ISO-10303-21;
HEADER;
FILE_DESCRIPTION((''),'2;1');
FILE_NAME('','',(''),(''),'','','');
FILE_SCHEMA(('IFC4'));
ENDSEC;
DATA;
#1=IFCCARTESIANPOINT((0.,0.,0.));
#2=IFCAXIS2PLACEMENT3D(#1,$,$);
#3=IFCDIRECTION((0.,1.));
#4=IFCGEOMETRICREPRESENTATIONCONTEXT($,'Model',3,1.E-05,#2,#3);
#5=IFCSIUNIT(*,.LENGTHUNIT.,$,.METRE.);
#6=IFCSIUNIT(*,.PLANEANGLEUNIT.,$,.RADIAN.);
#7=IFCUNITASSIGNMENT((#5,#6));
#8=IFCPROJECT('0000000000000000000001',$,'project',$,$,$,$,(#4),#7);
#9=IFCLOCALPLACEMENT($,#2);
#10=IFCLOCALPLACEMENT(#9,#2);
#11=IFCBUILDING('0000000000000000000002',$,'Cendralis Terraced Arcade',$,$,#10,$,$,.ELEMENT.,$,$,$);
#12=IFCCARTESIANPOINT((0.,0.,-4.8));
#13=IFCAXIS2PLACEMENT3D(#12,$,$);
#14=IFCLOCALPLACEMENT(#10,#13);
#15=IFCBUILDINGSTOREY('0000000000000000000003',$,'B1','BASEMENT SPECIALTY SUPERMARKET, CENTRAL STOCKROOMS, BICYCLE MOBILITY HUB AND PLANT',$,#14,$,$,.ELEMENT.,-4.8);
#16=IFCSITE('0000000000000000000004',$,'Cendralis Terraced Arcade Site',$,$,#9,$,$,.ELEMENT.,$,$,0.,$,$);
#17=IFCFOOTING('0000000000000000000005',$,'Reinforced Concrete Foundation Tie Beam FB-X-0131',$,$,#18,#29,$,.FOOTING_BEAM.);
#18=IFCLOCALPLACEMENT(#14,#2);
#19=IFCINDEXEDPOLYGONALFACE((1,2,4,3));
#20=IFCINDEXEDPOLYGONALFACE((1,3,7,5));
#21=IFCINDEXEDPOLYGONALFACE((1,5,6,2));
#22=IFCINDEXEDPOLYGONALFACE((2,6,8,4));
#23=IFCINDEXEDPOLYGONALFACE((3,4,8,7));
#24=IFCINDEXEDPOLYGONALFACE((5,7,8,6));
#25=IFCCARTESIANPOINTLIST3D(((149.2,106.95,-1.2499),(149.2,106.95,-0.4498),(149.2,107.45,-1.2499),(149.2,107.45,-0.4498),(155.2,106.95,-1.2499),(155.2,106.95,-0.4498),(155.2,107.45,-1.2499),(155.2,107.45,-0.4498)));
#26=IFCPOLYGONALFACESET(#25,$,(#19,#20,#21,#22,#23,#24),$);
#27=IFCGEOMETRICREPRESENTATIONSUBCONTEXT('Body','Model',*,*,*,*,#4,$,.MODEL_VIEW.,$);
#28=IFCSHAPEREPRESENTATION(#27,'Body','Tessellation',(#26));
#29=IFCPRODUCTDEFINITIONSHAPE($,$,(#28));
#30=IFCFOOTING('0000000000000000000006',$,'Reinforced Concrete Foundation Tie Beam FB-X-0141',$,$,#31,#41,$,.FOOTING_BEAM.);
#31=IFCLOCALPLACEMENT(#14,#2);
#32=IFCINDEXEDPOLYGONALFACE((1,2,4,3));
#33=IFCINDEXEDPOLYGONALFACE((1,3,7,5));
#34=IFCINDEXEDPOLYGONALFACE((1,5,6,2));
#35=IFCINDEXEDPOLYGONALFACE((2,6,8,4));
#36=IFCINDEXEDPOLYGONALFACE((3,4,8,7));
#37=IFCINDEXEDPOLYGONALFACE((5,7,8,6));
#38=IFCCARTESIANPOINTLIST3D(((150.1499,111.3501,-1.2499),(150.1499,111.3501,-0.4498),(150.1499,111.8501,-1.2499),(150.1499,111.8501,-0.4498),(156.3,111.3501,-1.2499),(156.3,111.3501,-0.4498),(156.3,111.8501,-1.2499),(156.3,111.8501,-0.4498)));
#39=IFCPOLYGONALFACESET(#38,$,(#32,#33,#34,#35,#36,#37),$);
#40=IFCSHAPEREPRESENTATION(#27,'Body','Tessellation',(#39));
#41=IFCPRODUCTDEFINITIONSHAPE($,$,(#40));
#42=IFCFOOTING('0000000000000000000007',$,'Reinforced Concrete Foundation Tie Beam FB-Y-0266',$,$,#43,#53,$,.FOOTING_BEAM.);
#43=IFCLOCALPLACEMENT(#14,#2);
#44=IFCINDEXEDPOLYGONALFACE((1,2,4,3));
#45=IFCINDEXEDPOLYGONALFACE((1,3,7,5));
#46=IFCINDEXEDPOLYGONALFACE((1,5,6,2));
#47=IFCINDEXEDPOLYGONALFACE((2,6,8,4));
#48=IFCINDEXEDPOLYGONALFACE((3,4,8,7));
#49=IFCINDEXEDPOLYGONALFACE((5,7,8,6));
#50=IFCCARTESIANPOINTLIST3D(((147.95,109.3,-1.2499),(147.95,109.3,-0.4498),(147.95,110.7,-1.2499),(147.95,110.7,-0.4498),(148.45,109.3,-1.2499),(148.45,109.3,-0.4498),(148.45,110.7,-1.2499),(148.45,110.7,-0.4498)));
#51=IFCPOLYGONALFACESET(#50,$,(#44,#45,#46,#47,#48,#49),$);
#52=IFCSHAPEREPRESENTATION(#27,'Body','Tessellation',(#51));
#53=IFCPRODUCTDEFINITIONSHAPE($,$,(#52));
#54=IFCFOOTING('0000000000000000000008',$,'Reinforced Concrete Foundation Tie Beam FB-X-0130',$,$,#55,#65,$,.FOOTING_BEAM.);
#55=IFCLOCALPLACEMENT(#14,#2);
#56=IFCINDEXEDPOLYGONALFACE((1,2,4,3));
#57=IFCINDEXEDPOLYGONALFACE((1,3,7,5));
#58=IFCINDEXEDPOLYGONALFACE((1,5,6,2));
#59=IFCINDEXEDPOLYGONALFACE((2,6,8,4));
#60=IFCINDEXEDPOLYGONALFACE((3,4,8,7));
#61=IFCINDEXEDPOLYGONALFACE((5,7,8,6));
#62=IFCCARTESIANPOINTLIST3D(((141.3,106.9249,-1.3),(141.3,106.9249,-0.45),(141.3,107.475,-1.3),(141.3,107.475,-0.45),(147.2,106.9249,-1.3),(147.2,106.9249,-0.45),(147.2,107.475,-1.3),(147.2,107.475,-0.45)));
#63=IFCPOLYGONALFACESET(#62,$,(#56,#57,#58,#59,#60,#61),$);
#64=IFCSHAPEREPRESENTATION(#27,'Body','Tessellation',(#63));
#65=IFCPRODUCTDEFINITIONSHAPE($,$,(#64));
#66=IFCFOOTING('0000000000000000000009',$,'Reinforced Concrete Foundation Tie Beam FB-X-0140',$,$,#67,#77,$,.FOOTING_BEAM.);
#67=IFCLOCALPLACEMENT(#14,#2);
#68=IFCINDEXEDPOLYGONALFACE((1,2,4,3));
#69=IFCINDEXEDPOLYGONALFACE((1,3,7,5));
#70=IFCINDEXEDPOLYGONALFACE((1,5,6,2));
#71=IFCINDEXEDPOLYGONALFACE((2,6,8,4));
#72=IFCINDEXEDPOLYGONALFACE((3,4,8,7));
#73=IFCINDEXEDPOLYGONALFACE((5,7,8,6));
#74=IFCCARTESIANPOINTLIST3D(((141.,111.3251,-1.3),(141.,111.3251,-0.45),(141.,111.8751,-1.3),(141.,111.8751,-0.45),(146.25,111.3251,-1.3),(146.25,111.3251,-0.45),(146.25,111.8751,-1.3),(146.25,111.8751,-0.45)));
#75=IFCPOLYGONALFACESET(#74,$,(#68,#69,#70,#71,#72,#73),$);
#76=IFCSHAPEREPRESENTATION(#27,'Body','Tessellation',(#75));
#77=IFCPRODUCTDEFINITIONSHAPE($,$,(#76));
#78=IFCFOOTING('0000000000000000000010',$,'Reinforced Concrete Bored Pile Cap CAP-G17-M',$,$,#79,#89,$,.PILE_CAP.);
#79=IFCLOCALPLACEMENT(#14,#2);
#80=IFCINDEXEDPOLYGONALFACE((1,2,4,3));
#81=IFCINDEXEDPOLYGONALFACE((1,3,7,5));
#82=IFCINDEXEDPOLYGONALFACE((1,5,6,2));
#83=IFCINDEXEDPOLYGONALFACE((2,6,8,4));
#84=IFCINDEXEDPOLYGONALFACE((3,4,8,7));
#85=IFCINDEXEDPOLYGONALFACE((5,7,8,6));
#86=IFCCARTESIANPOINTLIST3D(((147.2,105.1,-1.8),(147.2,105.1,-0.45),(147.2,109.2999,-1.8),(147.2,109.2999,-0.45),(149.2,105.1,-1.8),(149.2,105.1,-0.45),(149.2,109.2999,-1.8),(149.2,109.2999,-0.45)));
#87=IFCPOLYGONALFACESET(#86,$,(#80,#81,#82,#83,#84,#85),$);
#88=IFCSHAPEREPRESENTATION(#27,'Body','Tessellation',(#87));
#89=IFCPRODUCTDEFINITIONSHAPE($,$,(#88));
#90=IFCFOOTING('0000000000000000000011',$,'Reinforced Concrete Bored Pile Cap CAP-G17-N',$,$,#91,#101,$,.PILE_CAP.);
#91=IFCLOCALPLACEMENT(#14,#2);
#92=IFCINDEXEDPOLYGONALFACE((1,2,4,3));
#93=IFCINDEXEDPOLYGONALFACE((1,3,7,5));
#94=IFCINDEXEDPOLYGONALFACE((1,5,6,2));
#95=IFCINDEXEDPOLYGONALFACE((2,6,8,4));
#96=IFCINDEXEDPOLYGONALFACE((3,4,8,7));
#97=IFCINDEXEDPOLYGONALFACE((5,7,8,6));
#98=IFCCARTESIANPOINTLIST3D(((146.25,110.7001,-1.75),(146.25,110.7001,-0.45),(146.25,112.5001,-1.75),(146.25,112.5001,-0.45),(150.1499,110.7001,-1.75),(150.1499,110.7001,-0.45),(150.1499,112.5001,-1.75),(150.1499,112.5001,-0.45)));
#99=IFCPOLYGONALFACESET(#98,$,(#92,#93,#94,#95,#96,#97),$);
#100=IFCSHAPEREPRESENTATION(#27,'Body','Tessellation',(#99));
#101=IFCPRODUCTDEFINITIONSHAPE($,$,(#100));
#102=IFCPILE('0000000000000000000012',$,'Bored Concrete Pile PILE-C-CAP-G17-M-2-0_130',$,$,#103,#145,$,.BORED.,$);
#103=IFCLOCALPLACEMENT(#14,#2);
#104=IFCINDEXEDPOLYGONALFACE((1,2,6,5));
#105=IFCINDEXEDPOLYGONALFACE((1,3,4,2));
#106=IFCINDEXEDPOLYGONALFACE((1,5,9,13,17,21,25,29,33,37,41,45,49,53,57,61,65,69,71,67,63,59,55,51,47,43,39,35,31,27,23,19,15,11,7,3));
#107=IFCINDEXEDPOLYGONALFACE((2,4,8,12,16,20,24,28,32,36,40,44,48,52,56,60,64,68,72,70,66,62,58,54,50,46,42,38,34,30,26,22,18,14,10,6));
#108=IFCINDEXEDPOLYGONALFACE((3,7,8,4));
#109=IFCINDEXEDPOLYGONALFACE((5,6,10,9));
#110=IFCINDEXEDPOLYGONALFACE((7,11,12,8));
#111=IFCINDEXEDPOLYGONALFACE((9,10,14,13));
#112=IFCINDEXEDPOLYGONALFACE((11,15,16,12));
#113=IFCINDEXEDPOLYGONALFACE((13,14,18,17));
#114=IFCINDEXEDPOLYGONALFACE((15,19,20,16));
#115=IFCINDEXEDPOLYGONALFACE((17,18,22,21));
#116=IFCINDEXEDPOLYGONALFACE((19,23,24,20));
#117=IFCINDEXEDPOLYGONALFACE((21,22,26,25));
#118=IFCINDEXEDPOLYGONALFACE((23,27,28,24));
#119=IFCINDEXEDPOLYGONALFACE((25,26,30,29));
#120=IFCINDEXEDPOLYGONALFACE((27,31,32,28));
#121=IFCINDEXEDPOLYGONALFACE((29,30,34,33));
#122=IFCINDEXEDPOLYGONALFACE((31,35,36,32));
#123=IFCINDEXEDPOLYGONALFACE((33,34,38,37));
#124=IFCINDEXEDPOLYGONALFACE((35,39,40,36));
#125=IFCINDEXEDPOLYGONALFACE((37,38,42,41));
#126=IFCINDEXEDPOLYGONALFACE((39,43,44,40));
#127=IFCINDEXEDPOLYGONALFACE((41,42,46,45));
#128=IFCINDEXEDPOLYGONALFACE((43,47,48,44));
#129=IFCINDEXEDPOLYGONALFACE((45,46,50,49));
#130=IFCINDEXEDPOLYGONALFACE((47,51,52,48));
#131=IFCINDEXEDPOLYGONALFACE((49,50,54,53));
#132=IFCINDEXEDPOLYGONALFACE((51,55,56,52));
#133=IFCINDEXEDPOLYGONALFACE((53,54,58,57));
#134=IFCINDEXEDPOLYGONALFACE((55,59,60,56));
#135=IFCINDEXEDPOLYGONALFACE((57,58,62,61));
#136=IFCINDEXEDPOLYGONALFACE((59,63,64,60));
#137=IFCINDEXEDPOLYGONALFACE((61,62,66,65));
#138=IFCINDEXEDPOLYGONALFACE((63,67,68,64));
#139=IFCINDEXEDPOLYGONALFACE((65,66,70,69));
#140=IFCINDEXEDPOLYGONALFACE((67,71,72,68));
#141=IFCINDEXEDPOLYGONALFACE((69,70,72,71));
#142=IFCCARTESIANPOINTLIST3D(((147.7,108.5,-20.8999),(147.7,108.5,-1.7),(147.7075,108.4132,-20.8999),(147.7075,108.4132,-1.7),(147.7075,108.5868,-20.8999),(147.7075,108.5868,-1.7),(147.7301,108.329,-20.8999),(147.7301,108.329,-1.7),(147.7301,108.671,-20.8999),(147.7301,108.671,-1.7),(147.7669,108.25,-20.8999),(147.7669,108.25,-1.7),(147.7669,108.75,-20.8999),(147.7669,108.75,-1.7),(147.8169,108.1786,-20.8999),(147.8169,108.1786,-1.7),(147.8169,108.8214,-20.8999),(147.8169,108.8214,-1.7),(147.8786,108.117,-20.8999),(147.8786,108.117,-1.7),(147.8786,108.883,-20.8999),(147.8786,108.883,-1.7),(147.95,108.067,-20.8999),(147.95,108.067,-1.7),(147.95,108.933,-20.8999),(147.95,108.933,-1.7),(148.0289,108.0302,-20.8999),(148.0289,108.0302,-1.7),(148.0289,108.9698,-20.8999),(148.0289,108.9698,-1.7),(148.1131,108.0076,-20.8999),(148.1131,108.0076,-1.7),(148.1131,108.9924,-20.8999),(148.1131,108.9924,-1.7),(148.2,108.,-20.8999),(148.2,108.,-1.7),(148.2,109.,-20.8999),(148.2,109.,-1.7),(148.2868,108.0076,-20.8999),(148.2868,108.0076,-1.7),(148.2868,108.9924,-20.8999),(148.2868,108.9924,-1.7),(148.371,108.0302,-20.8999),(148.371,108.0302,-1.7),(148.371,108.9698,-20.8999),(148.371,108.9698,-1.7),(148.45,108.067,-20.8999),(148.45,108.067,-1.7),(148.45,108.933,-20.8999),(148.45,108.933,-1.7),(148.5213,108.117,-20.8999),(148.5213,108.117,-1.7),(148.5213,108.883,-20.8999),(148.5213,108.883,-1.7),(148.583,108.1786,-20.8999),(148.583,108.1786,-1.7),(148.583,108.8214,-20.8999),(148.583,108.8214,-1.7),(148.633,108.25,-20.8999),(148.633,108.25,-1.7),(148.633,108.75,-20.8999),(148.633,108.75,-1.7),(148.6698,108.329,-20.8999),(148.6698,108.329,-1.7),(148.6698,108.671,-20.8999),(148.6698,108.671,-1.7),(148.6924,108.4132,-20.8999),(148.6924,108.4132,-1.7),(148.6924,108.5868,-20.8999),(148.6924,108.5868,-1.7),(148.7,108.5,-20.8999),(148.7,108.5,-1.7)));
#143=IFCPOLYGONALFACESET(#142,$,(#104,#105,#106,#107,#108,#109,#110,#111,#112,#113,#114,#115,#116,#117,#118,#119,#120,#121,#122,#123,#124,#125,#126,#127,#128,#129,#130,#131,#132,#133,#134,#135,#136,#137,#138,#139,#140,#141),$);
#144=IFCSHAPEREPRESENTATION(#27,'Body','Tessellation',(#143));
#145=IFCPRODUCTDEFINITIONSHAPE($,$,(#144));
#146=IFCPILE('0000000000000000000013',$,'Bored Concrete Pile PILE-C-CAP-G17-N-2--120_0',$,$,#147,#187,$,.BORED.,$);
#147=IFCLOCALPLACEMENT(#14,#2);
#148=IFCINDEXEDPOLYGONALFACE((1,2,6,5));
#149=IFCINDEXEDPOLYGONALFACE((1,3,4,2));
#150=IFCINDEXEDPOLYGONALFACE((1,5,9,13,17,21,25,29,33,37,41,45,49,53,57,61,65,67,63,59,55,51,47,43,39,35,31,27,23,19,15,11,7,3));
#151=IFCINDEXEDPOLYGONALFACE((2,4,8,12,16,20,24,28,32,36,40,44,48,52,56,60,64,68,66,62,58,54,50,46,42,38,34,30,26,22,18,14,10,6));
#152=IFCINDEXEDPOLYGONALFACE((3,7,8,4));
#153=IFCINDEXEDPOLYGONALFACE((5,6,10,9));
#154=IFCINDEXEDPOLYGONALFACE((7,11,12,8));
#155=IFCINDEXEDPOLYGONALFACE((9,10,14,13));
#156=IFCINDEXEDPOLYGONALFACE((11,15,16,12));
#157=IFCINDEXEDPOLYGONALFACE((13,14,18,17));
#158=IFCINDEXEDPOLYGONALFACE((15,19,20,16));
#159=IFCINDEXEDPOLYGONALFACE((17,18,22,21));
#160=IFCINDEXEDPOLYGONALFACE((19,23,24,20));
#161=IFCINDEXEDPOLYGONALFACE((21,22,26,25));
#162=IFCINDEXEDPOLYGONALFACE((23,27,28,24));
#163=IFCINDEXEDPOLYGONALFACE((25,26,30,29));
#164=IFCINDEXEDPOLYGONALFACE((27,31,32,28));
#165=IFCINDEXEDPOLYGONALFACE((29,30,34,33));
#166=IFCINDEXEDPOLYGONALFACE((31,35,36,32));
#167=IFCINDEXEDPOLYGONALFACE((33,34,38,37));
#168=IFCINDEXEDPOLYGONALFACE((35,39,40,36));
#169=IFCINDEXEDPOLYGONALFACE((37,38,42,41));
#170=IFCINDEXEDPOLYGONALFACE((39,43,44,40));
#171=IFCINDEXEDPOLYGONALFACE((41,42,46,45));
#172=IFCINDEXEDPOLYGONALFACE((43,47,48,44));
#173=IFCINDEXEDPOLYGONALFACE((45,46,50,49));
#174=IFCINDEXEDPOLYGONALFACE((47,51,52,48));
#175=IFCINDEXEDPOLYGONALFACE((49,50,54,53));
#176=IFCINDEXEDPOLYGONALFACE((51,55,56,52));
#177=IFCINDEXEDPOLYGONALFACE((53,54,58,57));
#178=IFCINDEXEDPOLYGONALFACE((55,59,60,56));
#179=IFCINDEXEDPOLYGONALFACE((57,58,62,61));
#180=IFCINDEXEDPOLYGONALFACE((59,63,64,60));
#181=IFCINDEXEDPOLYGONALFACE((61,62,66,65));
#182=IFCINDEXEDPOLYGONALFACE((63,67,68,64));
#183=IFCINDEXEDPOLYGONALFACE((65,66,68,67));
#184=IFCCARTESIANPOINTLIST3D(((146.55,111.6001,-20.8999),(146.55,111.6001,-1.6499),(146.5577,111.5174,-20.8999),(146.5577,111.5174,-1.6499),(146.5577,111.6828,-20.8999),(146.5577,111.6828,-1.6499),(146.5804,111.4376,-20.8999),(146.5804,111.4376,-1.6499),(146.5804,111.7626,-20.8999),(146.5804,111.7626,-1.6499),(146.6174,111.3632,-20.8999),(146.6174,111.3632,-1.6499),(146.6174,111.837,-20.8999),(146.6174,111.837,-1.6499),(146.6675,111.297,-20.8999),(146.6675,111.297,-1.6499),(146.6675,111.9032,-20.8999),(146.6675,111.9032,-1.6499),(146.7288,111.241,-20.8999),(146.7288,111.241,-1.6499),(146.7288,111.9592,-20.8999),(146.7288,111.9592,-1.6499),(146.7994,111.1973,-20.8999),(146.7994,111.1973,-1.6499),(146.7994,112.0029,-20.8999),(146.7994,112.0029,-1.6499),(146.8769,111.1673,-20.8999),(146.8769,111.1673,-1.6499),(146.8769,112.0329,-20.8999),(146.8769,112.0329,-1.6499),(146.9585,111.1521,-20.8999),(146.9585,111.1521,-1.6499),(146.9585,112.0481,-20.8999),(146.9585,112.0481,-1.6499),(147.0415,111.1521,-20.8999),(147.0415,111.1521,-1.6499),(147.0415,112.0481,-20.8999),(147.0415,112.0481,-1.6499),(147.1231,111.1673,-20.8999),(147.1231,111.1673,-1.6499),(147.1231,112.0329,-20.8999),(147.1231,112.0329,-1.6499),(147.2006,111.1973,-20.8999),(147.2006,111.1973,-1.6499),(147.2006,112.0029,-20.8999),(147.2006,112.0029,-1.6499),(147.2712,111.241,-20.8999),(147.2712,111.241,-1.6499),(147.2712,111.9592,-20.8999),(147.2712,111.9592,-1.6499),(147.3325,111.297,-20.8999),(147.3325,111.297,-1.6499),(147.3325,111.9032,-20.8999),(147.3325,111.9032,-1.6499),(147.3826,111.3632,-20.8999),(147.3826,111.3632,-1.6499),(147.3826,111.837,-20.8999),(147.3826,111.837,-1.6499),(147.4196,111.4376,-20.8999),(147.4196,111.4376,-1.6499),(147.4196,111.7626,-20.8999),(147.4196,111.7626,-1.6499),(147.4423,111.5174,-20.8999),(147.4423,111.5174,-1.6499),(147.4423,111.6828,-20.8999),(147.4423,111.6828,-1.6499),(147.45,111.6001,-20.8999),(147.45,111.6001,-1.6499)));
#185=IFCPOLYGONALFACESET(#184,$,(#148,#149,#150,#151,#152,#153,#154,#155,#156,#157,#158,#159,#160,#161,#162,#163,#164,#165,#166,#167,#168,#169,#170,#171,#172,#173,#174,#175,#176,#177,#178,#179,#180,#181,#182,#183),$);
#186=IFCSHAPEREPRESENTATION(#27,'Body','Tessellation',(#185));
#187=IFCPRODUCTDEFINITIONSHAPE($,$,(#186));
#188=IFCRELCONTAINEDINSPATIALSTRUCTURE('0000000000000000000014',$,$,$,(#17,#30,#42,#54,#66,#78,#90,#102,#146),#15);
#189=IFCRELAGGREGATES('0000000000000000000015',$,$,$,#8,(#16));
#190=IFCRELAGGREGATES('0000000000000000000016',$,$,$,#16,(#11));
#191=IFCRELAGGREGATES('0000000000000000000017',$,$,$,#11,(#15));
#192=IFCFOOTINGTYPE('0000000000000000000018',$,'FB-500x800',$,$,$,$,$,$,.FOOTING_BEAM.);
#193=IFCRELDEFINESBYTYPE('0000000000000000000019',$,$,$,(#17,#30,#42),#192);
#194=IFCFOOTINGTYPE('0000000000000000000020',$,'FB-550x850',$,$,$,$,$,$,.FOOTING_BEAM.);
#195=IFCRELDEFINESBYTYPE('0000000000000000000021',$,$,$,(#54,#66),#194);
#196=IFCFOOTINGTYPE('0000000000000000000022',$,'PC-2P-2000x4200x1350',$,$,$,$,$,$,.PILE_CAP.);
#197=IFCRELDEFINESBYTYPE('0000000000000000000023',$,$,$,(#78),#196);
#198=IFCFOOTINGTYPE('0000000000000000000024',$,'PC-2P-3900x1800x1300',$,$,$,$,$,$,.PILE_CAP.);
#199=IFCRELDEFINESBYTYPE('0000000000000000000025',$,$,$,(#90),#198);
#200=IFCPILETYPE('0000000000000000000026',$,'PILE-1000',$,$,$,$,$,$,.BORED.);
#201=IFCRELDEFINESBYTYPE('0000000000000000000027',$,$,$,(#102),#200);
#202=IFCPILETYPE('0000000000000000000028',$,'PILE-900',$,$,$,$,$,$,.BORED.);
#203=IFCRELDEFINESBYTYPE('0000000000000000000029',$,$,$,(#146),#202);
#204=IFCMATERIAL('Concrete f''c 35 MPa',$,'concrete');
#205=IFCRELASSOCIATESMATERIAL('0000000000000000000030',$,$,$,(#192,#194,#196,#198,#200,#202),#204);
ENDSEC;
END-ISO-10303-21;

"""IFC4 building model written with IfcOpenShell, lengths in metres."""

from ifc_helpers import new_model, si_unit, direction, frame, origin, origin_2d, place, context, subcontext, project, spatial, rectangle, circle, extrude, material, material_profile, profile_set, type_object, element, save


model = new_model("IFC4")

# Units and contexts
model_context = context("Model", 3, precision=1e-05, world=origin(), true_north=direction((0.0, 1.0)))
body_context = subcontext(model_context, "Body", "Model", "MODEL_VIEW")
ifc_project = project(units=[si_unit("LENGTHUNIT", "METRE"), si_unit("PLANEANGLEUNIT", "RADIAN")], contexts=[model_context])

# Site, building, storey
site_placement = place(None, origin())
site = spatial("IfcSite", under=ifc_project, at=site_placement, Name="Cendralis Terraced Arcade Site", CompositionType="ELEMENT", RefElevation=0.0)
building_placement = place(site_placement, origin())
building = spatial("IfcBuilding", under=site, at=building_placement, Name="Cendralis Terraced Arcade", CompositionType="ELEMENT")
storey_placement = place(building_placement, frame((0.0, 0.0, -4.8)))
storey = spatial("IfcBuildingStorey", under=building, at=storey_placement, Name="B1", Description="BASEMENT SPECIALTY SUPERMARKET, CENTRAL STOCKROOMS, BICYCLE MOBILITY HUB AND PLANT", CompositionType="ELEMENT", Elevation=-4.8)

# Footings
ifc_material_1 = material(Name="Concrete f'c 35 MPa", Category="concrete")
ifc_material_profile_1 = material_profile(ifc_material_1, rectangle(XDim=0.5, YDim=0.8, at=origin_2d()), Name="FB-500x800", Category="LoadBearing")
ifc_profile_set_1 = profile_set([ifc_material_profile_1], Name="Concrete f'c 35 MPa")
footing_type_1 = type_object("IfcFootingType", Name="FB-500x800", PredefinedType="FOOTING_BEAM", material=ifc_profile_set_1)
footing_1_placement = place(storey_placement, frame((149.2, 107.2, -0.8499), z_axis=(1.0, 0.0, 0.0), x_axis=(0.0, 1.0, 0.0)))
element("IfcFooting", 1, at=footing_1_placement, inside=storey, type_object=footing_type_1, Name="Reinforced Concrete Foundation Tie Beam FB-X-0131", PredefinedType="FOOTING_BEAM", context=body_context, shape_type="SweptSolid", body=[
    extrude(rectangle(XDim=0.5, YDim=0.8, at=origin_2d()), origin(), (0.0, 0.0, 1.0), 6.0),
])
footing_2_placement = place(storey_placement, frame((150.1499, 111.6001, -0.8499), z_axis=(1.0, 0.0, 0.0), x_axis=(0.0, 1.0, 0.0)))
element("IfcFooting", 2, at=footing_2_placement, inside=storey, type_object=footing_type_1, Name="Reinforced Concrete Foundation Tie Beam FB-X-0141", PredefinedType="FOOTING_BEAM", context=body_context, shape_type="SweptSolid", body=[
    extrude(rectangle(XDim=0.5, YDim=0.8, at=origin_2d()), origin(), (0.0, 0.0, 1.0), 6.1501),
])
footing_3_placement = place(storey_placement, frame((148.2, 109.3, -0.8499), z_axis=(0.0, 1.0, 0.0), x_axis=(-1.0, 0.0, 0.0)))
element("IfcFooting", 3, at=footing_3_placement, inside=storey, type_object=footing_type_1, Name="Reinforced Concrete Foundation Tie Beam FB-Y-0266", PredefinedType="FOOTING_BEAM", context=body_context, shape_type="SweptSolid", body=[
    extrude(rectangle(XDim=0.5, YDim=0.8, at=origin_2d()), origin(), (0.0, 0.0, 1.0), 1.3999),
])
ifc_material_profile_2 = material_profile(ifc_material_1, rectangle(XDim=0.55, YDim=0.8501, at=origin_2d()), Name="FB-550x850", Category="LoadBearing")
ifc_profile_set_2 = profile_set([ifc_material_profile_2], Name="Concrete f'c 35 MPa")
footing_type_2 = type_object("IfcFootingType", Name="FB-550x850", PredefinedType="FOOTING_BEAM", material=ifc_profile_set_2)
footing_4_placement = place(storey_placement, frame((141.3, 107.2, -0.875), z_axis=(1.0, 0.0, 0.0), x_axis=(0.0, 1.0, 0.0)))
element("IfcFooting", 4, at=footing_4_placement, inside=storey, type_object=footing_type_2, Name="Reinforced Concrete Foundation Tie Beam FB-X-0130", PredefinedType="FOOTING_BEAM", context=body_context, shape_type="SweptSolid", body=[
    extrude(rectangle(XDim=0.55, YDim=0.8501, at=origin_2d()), origin(), (0.0, 0.0, 1.0), 5.8999),
])
footing_5_placement = place(storey_placement, frame((141.0, 111.6001, -0.875), z_axis=(1.0, 0.0, 0.0), x_axis=(0.0, 1.0, 0.0)))
element("IfcFooting", 5, at=footing_5_placement, inside=storey, type_object=footing_type_2, Name="Reinforced Concrete Foundation Tie Beam FB-X-0140", PredefinedType="FOOTING_BEAM", context=body_context, shape_type="SweptSolid", body=[
    extrude(rectangle(XDim=0.55, YDim=0.8501, at=origin_2d()), origin(), (0.0, 0.0, 1.0), 5.25),
])
footing_type_3 = type_object("IfcFootingType", Name="PC-2P-2000x4200x1350", PredefinedType="PILE_CAP", material=ifc_material_1)
footing_6_placement = place(storey_placement, frame((148.2, 107.2, -1.8), z_axis=(0.0, 0.0, 1.0), x_axis=(1.0, 0.0, 0.0)))
element("IfcFooting", 6, at=footing_6_placement, inside=storey, type_object=footing_type_3, Name="Reinforced Concrete Bored Pile Cap CAP-G17-M", PredefinedType="PILE_CAP", context=body_context, shape_type="SweptSolid", body=[
    extrude(rectangle(XDim=2.0, YDim=4.2, at=origin_2d()), origin(), (0.0, 0.0, 1.0), 1.3501),
])
footing_type_4 = type_object("IfcFootingType", Name="PC-2P-3900x1800x1300", PredefinedType="PILE_CAP", material=ifc_material_1)
footing_7_placement = place(storey_placement, frame((148.2, 111.6001, -1.75), z_axis=(0.0, 0.0, 1.0), x_axis=(1.0, 0.0, 0.0)))
element("IfcFooting", 7, at=footing_7_placement, inside=storey, type_object=footing_type_4, Name="Reinforced Concrete Bored Pile Cap CAP-G17-N", PredefinedType="PILE_CAP", context=body_context, shape_type="SweptSolid", body=[
    extrude(rectangle(XDim=3.8999, YDim=1.8, at=origin_2d()), origin(), (0.0, 0.0, 1.0), 1.3),
])

# Piles
ifc_material_profile_3 = material_profile(ifc_material_1, circle(Radius=0.5, at=origin_2d()), Name="PILE-D1000", Category="LoadBearing")
ifc_profile_set_3 = profile_set([ifc_material_profile_3], Name="Concrete f'c 35 MPa")
pile_type_1 = type_object("IfcPileType", Name="PILE-1000", PredefinedType="BORED", material=ifc_profile_set_3)
pile_1_placement = place(storey_placement, frame((148.2, 108.5, -1.7), z_axis=(0.0, 0.0, -1.0), x_axis=(1.0, 0.0, 0.0)))
element("IfcPile", 8, at=pile_1_placement, inside=storey, type_object=pile_type_1, Name="Bored Concrete Pile PILE-C-CAP-G17-M-2-0_130", PredefinedType="BORED", context=body_context, shape_type="SweptSolid", body=[
    extrude(circle(Radius=0.5, at=origin_2d()), origin(), (0.0, 0.0, 1.0), 19.2),
])
ifc_material_profile_4 = material_profile(ifc_material_1, circle(Radius=0.45, at=origin_2d()), Name="PILE-D900", Category="LoadBearing")
ifc_profile_set_4 = profile_set([ifc_material_profile_4], Name="Concrete f'c 35 MPa")
pile_type_2 = type_object("IfcPileType", Name="PILE-900", PredefinedType="BORED", material=ifc_profile_set_4)
for number, where, z_axis, x_axis, name in (
    (9, (147.0, 111.6001, -1.6499), (0.0, 0.0, -1.0), (1.0, 0.0, 0.0), "Bored Concrete Pile PILE-C-CAP-G17-N-2--120_0"),
):
    element("IfcPile", number, at=place(storey_placement, frame(where, z_axis=z_axis, x_axis=x_axis)), inside=storey, type_object=pile_type_2, Name=name, PredefinedType="BORED", context=body_context, shape_type="SweptSolid", body=[
        extrude(circle(Radius=0.45, at=origin_2d()), origin(), (0.0, 0.0, 1.0), 19.25),
    ])

save(model, "model.ifc")
